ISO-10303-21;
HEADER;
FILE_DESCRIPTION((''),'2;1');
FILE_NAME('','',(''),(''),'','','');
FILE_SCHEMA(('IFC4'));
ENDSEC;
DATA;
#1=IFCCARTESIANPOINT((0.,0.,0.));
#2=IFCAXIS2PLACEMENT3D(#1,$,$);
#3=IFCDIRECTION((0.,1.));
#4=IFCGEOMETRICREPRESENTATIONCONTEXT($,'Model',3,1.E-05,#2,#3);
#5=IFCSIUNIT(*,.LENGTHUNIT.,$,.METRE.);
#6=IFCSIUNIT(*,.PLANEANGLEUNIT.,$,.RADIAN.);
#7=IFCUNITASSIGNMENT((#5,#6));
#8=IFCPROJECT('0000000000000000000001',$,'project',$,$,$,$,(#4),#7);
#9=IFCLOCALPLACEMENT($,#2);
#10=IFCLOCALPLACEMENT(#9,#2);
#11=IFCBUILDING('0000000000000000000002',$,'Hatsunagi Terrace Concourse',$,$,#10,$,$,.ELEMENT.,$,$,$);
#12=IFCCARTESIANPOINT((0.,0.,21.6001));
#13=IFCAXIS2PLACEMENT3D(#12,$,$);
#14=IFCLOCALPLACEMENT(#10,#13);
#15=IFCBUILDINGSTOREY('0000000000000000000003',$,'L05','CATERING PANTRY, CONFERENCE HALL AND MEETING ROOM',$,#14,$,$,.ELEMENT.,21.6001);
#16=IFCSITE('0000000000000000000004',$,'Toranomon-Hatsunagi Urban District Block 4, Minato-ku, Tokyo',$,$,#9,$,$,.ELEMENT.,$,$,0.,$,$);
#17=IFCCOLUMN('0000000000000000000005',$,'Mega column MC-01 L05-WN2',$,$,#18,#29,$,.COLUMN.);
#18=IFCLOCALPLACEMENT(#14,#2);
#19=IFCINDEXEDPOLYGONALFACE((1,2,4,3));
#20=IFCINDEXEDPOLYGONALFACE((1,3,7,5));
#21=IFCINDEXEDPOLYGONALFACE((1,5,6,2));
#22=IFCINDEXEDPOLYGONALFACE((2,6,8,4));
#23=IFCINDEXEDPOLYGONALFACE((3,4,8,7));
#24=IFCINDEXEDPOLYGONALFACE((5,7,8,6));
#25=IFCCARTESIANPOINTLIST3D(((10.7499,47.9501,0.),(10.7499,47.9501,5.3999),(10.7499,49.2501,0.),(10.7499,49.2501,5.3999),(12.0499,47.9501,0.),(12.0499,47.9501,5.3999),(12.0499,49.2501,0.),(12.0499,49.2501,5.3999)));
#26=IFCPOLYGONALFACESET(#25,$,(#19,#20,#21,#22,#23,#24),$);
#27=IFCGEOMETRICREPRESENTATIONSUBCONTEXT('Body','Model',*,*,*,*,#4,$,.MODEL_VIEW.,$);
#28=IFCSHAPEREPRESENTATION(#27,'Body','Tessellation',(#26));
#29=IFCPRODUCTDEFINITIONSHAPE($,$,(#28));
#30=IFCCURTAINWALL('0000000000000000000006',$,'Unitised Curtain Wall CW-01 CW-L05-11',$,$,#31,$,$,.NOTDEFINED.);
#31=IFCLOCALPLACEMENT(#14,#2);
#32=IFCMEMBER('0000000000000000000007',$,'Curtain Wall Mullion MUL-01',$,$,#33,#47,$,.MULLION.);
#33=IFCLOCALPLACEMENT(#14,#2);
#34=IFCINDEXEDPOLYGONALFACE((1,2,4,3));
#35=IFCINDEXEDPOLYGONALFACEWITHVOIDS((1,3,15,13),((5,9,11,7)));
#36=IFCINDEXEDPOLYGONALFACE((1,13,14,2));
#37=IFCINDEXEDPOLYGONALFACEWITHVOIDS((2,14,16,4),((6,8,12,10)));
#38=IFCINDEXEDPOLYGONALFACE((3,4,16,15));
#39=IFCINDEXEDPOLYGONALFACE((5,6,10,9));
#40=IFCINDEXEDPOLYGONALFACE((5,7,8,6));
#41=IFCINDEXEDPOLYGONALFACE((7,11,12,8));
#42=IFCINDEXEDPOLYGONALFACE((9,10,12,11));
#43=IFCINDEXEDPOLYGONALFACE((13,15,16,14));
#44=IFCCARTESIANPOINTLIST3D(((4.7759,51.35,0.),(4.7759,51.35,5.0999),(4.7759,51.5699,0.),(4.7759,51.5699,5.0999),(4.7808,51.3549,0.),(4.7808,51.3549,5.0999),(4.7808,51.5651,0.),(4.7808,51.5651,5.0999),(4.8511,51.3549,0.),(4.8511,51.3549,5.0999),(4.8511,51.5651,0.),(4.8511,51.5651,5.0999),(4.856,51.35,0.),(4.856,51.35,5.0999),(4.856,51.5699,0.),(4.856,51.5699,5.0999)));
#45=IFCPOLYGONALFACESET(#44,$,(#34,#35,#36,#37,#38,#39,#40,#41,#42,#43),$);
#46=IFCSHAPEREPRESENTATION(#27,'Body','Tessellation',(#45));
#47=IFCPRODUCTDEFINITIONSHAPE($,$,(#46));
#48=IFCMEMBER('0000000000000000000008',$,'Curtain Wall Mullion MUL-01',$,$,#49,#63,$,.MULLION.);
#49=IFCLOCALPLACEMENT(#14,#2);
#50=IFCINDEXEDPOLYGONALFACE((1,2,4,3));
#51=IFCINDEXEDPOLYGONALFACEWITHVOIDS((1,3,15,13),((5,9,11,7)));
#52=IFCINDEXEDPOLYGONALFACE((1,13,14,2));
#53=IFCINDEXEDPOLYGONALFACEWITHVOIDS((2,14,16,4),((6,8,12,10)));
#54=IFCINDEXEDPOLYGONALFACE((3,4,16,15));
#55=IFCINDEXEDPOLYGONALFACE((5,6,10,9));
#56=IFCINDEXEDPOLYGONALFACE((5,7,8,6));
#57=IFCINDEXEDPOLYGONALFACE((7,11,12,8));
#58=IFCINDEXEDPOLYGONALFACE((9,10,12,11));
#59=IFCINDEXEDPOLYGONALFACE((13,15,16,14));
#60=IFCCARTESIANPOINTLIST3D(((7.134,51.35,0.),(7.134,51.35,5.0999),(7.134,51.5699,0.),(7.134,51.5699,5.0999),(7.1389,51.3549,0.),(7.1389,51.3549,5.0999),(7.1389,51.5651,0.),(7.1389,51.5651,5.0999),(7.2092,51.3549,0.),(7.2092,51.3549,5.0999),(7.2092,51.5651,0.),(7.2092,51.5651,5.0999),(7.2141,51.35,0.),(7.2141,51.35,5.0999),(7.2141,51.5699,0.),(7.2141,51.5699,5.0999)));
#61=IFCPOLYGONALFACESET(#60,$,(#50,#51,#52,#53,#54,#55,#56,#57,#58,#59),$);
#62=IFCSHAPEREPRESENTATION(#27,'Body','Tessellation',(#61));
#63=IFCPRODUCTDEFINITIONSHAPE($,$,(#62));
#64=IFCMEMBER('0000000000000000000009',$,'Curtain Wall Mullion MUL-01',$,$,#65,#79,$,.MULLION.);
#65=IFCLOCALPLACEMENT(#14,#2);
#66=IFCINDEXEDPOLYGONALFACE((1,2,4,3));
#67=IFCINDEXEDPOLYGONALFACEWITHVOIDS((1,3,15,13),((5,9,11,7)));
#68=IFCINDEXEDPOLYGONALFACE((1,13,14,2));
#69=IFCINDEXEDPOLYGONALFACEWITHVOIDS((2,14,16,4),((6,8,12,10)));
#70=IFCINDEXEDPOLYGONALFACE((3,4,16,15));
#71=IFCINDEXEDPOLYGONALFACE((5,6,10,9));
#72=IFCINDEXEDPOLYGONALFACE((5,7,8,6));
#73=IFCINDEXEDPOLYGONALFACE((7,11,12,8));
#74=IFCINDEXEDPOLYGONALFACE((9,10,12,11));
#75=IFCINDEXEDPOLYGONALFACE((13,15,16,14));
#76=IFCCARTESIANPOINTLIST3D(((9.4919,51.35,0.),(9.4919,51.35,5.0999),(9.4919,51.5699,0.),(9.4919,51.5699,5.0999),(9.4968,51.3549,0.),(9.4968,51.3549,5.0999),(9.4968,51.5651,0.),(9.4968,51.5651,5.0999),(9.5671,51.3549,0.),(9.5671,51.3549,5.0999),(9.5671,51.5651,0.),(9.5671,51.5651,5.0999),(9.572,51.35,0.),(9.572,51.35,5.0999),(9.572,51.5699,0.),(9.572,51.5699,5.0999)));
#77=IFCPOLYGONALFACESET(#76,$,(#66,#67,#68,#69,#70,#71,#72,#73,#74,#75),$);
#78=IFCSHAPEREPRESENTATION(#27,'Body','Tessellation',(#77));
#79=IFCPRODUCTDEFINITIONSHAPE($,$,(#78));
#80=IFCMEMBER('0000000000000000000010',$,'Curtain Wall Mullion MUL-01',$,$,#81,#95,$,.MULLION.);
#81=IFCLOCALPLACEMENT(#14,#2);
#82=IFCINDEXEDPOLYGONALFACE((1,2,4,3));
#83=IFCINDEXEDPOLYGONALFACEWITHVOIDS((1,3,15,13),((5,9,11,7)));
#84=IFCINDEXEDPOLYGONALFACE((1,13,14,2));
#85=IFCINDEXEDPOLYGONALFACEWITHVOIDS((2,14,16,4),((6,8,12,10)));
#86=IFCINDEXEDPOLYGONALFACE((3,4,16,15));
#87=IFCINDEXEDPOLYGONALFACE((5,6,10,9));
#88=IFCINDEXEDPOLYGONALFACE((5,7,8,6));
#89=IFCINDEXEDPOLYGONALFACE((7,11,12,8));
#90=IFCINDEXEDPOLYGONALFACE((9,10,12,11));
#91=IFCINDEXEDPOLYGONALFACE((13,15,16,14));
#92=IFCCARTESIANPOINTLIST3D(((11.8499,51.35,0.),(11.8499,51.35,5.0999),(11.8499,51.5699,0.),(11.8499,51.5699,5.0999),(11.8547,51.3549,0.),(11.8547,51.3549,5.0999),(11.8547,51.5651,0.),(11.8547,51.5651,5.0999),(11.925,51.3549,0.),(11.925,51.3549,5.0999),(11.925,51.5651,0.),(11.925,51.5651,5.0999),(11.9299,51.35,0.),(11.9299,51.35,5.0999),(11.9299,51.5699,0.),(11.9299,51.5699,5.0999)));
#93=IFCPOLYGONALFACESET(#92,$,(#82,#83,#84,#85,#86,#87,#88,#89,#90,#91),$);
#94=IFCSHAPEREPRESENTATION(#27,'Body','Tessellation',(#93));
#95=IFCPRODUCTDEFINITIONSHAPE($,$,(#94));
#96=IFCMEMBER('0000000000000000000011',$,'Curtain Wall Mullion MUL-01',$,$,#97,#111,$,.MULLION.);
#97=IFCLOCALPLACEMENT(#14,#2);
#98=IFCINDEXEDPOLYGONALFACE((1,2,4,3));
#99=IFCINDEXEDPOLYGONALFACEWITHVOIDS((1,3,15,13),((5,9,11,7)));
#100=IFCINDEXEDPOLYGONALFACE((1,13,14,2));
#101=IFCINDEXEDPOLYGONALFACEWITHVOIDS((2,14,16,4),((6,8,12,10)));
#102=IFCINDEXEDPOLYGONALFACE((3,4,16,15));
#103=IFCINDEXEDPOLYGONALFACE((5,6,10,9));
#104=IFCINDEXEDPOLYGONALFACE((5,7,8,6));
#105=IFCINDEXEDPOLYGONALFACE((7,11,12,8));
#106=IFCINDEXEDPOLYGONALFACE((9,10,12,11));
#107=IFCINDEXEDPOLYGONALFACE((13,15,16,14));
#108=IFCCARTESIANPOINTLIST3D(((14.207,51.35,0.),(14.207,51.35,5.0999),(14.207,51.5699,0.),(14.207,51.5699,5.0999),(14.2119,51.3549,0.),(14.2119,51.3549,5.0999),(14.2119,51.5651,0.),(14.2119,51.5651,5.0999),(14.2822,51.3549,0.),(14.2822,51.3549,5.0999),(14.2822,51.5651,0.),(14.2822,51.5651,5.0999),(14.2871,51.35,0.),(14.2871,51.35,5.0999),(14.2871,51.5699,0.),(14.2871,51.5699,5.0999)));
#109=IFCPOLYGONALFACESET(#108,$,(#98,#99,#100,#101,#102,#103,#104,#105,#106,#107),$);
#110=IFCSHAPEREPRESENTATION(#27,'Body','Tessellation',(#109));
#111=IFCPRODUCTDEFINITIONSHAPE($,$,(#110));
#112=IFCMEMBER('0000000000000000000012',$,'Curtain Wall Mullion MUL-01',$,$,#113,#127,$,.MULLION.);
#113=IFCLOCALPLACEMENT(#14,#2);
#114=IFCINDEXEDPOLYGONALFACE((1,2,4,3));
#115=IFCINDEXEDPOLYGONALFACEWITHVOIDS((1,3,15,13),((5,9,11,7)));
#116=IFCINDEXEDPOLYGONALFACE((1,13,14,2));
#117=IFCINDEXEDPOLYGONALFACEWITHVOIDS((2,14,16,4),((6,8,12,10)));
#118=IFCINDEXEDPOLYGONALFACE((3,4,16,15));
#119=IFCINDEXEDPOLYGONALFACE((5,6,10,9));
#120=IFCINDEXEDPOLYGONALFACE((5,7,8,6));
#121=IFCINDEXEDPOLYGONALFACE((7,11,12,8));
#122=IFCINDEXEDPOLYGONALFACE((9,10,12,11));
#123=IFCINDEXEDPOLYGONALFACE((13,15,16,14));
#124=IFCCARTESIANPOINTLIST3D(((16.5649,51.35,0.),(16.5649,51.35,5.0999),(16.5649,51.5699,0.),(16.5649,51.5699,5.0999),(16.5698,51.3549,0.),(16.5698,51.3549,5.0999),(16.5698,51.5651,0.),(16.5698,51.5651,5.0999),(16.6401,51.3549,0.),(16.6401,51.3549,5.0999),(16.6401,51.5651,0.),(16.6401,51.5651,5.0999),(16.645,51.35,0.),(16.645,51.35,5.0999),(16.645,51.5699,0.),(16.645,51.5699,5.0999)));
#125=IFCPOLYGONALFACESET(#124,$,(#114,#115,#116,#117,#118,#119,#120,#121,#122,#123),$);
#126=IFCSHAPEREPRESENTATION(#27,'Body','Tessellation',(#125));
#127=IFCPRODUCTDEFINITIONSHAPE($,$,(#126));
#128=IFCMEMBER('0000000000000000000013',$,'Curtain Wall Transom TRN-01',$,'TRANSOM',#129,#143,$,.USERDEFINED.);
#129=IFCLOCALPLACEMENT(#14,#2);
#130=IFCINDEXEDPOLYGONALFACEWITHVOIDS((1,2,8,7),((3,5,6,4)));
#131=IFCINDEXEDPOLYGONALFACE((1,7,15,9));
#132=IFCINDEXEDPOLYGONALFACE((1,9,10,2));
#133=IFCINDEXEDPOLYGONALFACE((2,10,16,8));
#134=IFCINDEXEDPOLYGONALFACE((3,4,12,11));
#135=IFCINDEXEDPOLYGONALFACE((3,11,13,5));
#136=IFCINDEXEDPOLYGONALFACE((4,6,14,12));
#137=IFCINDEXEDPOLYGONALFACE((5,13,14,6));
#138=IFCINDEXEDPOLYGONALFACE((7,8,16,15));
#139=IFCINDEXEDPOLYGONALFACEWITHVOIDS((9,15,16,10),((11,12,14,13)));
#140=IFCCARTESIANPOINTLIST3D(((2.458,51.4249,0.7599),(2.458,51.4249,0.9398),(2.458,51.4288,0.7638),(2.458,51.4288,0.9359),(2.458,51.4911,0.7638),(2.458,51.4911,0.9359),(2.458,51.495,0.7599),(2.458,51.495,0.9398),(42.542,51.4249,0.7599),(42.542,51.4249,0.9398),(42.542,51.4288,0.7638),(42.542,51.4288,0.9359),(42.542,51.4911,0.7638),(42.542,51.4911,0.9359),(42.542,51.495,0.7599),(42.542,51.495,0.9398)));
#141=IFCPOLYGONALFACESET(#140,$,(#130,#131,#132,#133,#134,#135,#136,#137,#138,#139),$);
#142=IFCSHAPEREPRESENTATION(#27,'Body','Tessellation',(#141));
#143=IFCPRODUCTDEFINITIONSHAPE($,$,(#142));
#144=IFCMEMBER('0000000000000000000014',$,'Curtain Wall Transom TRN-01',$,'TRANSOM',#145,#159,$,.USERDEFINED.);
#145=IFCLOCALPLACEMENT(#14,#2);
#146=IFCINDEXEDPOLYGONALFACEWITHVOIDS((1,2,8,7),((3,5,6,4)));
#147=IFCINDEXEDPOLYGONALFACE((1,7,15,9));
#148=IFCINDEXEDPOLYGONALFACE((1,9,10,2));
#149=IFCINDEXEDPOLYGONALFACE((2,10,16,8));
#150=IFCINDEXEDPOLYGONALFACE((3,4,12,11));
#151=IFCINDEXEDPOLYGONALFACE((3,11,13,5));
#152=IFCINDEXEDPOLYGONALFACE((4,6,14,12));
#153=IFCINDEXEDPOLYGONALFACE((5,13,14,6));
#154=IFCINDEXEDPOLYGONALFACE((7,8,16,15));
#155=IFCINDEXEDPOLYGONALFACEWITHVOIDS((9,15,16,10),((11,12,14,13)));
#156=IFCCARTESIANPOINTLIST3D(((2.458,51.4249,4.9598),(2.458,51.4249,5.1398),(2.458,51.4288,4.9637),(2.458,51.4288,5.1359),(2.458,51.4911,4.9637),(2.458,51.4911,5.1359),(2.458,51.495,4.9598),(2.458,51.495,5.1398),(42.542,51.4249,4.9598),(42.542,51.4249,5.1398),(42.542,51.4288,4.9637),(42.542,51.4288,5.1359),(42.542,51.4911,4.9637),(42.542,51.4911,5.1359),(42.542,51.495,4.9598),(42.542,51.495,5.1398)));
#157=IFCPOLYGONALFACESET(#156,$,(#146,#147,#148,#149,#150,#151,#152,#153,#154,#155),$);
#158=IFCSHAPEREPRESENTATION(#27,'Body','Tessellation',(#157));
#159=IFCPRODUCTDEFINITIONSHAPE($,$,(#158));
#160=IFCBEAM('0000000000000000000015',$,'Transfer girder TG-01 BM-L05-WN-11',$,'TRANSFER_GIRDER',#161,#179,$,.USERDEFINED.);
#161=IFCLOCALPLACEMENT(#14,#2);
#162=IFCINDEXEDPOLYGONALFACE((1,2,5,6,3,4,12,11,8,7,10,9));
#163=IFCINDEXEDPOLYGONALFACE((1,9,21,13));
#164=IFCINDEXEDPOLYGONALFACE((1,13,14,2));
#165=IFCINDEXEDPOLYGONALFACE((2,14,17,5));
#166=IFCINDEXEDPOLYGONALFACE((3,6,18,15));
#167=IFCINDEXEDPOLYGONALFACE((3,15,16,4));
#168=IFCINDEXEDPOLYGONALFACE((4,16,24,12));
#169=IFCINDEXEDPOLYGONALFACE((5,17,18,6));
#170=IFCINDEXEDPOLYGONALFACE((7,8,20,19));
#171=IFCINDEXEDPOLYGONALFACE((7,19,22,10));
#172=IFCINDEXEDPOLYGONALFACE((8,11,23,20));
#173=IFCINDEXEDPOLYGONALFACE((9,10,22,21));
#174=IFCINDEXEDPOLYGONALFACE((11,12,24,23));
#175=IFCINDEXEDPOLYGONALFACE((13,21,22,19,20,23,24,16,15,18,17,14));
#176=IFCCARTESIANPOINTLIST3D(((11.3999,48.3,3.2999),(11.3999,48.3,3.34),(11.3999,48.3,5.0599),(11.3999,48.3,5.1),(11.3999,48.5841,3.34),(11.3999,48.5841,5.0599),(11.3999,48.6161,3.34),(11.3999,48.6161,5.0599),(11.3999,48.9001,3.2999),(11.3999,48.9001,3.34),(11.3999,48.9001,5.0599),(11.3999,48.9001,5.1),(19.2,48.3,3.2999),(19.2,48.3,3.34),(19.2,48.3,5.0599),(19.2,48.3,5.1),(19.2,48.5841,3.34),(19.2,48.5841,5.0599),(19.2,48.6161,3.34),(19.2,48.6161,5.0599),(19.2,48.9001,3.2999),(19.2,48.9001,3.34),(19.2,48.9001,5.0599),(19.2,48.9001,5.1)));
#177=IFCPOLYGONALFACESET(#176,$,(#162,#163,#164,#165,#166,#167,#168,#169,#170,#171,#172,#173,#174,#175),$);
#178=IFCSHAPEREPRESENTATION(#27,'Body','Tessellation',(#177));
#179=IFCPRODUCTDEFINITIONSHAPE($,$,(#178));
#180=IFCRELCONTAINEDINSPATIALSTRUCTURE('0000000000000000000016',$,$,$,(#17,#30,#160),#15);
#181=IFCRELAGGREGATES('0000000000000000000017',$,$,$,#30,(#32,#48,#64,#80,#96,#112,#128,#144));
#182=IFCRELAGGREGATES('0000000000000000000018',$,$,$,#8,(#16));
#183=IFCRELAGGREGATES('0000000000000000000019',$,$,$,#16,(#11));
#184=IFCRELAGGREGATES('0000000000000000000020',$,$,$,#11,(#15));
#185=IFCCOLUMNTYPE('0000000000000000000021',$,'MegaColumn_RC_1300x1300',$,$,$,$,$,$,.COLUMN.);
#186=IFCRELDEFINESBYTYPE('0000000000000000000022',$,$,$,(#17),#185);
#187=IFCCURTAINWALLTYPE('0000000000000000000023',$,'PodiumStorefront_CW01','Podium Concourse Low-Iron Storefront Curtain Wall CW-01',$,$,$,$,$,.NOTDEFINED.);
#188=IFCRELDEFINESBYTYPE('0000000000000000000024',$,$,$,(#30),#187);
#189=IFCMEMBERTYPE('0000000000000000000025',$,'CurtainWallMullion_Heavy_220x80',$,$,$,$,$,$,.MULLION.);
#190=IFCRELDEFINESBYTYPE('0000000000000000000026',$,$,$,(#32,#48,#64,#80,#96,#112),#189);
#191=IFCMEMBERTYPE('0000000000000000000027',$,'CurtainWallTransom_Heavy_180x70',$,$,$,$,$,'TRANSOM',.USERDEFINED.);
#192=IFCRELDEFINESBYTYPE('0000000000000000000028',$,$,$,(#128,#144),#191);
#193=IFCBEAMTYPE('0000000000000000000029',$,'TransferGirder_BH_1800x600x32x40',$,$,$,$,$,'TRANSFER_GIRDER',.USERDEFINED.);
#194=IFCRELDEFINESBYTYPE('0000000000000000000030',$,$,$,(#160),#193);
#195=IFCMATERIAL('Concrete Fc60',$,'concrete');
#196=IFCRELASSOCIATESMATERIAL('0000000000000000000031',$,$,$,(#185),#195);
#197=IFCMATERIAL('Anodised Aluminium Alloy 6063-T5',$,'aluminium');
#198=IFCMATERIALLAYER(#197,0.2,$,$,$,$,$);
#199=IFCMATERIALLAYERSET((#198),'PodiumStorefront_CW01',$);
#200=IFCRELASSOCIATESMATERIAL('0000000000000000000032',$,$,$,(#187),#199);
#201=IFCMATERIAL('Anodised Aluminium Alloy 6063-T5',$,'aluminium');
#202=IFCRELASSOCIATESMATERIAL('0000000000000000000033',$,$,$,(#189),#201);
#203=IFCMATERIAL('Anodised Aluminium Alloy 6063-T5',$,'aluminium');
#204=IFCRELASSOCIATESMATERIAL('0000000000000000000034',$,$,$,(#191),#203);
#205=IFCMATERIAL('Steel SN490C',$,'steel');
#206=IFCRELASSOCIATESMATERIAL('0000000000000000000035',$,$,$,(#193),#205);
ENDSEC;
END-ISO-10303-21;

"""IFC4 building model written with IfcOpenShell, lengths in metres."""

from ifc_helpers import new_model, si_unit, direction, frame, origin, origin_2d, place, context, subcontext, project, spatial, rectangle, hollow_rectangle, i_section, extrude, material, layer, layer_set, material_profile, profile_set, type_object, element, aggregate, save


model = new_model("IFC4")

# Units and contexts
model_context = context("Model", 3, precision=1e-05, world=origin(), true_north=direction((0.0, 1.0)))
body_context = subcontext(model_context, "Body", "Model", "MODEL_VIEW")
ifc_project = project(units=[si_unit("LENGTHUNIT", "METRE"), si_unit("PLANEANGLEUNIT", "RADIAN")], contexts=[model_context])

# Site, building, storey
site_placement = place(None, origin())
site = spatial("IfcSite", under=ifc_project, at=site_placement, Name="Toranomon-Hatsunagi Urban District Block 4, Minato-ku, Tokyo", CompositionType="ELEMENT", RefElevation=0.0)
building_placement = place(site_placement, origin())
building = spatial("IfcBuilding", under=site, at=building_placement, Name="Hatsunagi Terrace Concourse", CompositionType="ELEMENT")
storey_placement = place(building_placement, frame((0.0, 0.0, 21.6001)))
storey = spatial("IfcBuildingStorey", under=building, at=storey_placement, Name="L05", Description="CATERING PANTRY, CONFERENCE HALL AND MEETING ROOM", CompositionType="ELEMENT", Elevation=21.6001)

# Column
ifc_material_1 = material(Name="Concrete Fc60", Category="concrete")
ifc_material_profile_1 = material_profile(ifc_material_1, rectangle(XDim=1.3, YDim=1.3, at=origin_2d()), Name="RC-1300x1300")
ifc_profile_set_1 = profile_set([ifc_material_profile_1], Name="Concrete Fc60")
column_type = type_object("IfcColumnType", Name="MegaColumn_RC_1300x1300", PredefinedType="COLUMN", material=ifc_profile_set_1)
column_placement = place(storey_placement, frame((11.3999, 48.6001, 0.0), z_axis=(0.0, 0.0, 1.0), x_axis=(1.0, 0.0, 0.0)))
element("IfcColumn", 1, at=column_placement, inside=storey, type_object=column_type, Name="Mega column MC-01 L05-WN2", PredefinedType="COLUMN", context=body_context, shape_type="SweptSolid", body=[
    extrude(rectangle(XDim=1.3, YDim=1.3, at=origin_2d()), origin(), (0.0, 0.0, 1.0), 5.3999),
])

# Curtain wall, members
ifc_material_2 = material(Name="Anodised Aluminium Alloy 6063-T5", Category="aluminium")
ifc_layer_1 = layer(ifc_material_2, 0.2)
ifc_layer_set_1 = layer_set([ifc_layer_1], Name="PodiumStorefront_CW01")
curtain_wall_type = type_object("IfcCurtainWallType", Name="PodiumStorefront_CW01", Description="Podium Concourse Low-Iron Storefront Curtain Wall CW-01", PredefinedType="NOTDEFINED", material=ifc_layer_set_1)
curtain_wall_placement = place(storey_placement, origin())
curtain_wall = element("IfcCurtainWall", 2, at=curtain_wall_placement, inside=storey, type_object=curtain_wall_type, Name="Unitised Curtain Wall CW-01 CW-L05-11", PredefinedType="NOTDEFINED")
ifc_material_3 = material(Name="Anodised Aluminium Alloy 6063-T5", Category="aluminium")
ifc_material_profile_2 = material_profile(ifc_material_3, hollow_rectangle(XDim=0.0801, YDim=0.22, WallThickness=0.0049, at=origin_2d()), Name="ALU-MUL-220x80x5")
ifc_profile_set_2 = profile_set([ifc_material_profile_2], Name="Anodised Aluminium Alloy 6063-T5")
member_type_1 = type_object("IfcMemberType", Name="CurtainWallMullion_Heavy_220x80", PredefinedType="MULLION", material=ifc_profile_set_2)
member_1_placement = place(storey_placement, frame((4.8159, 51.46, 0.0), z_axis=(0.0, 0.0, 1.0), x_axis=(1.0, 0.0, 0.0)))
member_1 = element("IfcMember", 3, at=member_1_placement, type_object=member_type_1, Name="Curtain Wall Mullion MUL-01", PredefinedType="MULLION", context=body_context, shape_type="SweptSolid", body=[
    extrude(hollow_rectangle(XDim=0.0801, YDim=0.22, WallThickness=0.0049, at=origin_2d()), origin(), (0.0, 0.0, 1.0), 5.0999),
])
member_2_placement = place(storey_placement, frame((7.1741, 51.46, 0.0), z_axis=(0.0, 0.0, 1.0), x_axis=(1.0, 0.0, 0.0)))
member_2 = element("IfcMember", 4, at=member_2_placement, type_object=member_type_1, Name="Curtain Wall Mullion MUL-01", PredefinedType="MULLION", context=body_context, shape_type="SweptSolid", body=[
    extrude(hollow_rectangle(XDim=0.0801, YDim=0.22, WallThickness=0.0049, at=origin_2d()), origin(), (0.0, 0.0, 1.0), 5.0999),
])
member_3_placement = place(storey_placement, frame((9.532, 51.46, 0.0), z_axis=(0.0, 0.0, 1.0), x_axis=(1.0, 0.0, 0.0)))
member_3 = element("IfcMember", 5, at=member_3_placement, type_object=member_type_1, Name="Curtain Wall Mullion MUL-01", PredefinedType="MULLION", context=body_context, shape_type="SweptSolid", body=[
    extrude(hollow_rectangle(XDim=0.0801, YDim=0.22, WallThickness=0.0049, at=origin_2d()), origin(), (0.0, 0.0, 1.0), 5.0999),
])
member_4_placement = place(storey_placement, frame((11.8899, 51.46, 0.0), z_axis=(0.0, 0.0, 1.0), x_axis=(1.0, 0.0, 0.0)))
member_4 = element("IfcMember", 6, at=member_4_placement, type_object=member_type_1, Name="Curtain Wall Mullion MUL-01", PredefinedType="MULLION", context=body_context, shape_type="SweptSolid", body=[
    extrude(hollow_rectangle(XDim=0.0801, YDim=0.22, WallThickness=0.0049, at=origin_2d()), origin(), (0.0, 0.0, 1.0), 5.0999),
])
member_5_placement = place(storey_placement, frame((14.2471, 51.46, 0.0), z_axis=(0.0, 0.0, 1.0), x_axis=(1.0, 0.0, 0.0)))
member_5 = element("IfcMember", 7, at=member_5_placement, type_object=member_type_1, Name="Curtain Wall Mullion MUL-01", PredefinedType="MULLION", context=body_context, shape_type="SweptSolid", body=[
    extrude(hollow_rectangle(XDim=0.0801, YDim=0.22, WallThickness=0.0049, at=origin_2d()), origin(), (0.0, 0.0, 1.0), 5.0999),
])
member_6_placement = place(storey_placement, frame((16.605, 51.46, 0.0), z_axis=(0.0, 0.0, 1.0), x_axis=(1.0, 0.0, 0.0)))
member_6 = element("IfcMember", 8, at=member_6_placement, type_object=member_type_1, Name="Curtain Wall Mullion MUL-01", PredefinedType="MULLION", context=body_context, shape_type="SweptSolid", body=[
    extrude(hollow_rectangle(XDim=0.0801, YDim=0.22, WallThickness=0.0049, at=origin_2d()), origin(), (0.0, 0.0, 1.0), 5.0999),
])
ifc_material_4 = material(Name="Anodised Aluminium Alloy 6063-T5", Category="aluminium")
ifc_material_profile_3 = material_profile(ifc_material_4, hollow_rectangle(XDim=0.0701, YDim=0.1799, WallThickness=0.0039, at=origin_2d()), Name="ALU-TRN-180x70x4")
ifc_profile_set_3 = profile_set([ifc_material_profile_3], Name="Anodised Aluminium Alloy 6063-T5")
member_type_2 = type_object("IfcMemberType", Name="CurtainWallTransom_Heavy_180x70", ElementType="TRANSOM", PredefinedType="USERDEFINED", material=ifc_profile_set_3)
member_7_placement = place(storey_placement, frame((2.458, 51.46, 0.8499), z_axis=(1.0, 0.0, 0.0), x_axis=(0.0, 1.0, 0.0)))
member_7 = element("IfcMember", 9, at=member_7_placement, type_object=member_type_2, Name="Curtain Wall Transom TRN-01", ObjectType="TRANSOM", PredefinedType="USERDEFINED", context=body_context, shape_type="SweptSolid", body=[
    extrude(hollow_rectangle(XDim=0.0701, YDim=0.1799, WallThickness=0.0039, at=origin_2d()), origin(), (0.0, 0.0, 1.0), 40.084),
])
member_8_placement = place(storey_placement, frame((2.458, 51.46, 5.0498), z_axis=(1.0, 0.0, 0.0), x_axis=(0.0, 1.0, 0.0)))
member_8 = element("IfcMember", 10, at=member_8_placement, type_object=member_type_2, Name="Curtain Wall Transom TRN-01", ObjectType="TRANSOM", PredefinedType="USERDEFINED", context=body_context, shape_type="SweptSolid", body=[
    extrude(hollow_rectangle(XDim=0.0701, YDim=0.1799, WallThickness=0.0039, at=origin_2d()), origin(), (0.0, 0.0, 1.0), 40.084),
])

# Beam
ifc_material_5 = material(Name="Steel SN490C", Category="steel")
ifc_material_profile_4 = material_profile(ifc_material_5, i_section(OverallWidth=0.6001, OverallDepth=1.8, WebThickness=0.032, FlangeThickness=0.04, at=origin_2d()), Name="BH-1800x600x32x40")
ifc_profile_set_4 = profile_set([ifc_material_profile_4], Name="Steel SN490C")
beam_type = type_object("IfcBeamType", Name="TransferGirder_BH_1800x600x32x40", ElementType="TRANSFER_GIRDER", PredefinedType="USERDEFINED", material=ifc_profile_set_4)
beam_placement = place(storey_placement, frame((11.3999, 48.6001, 4.2), z_axis=(1.0, 0.0, 0.0), x_axis=(0.0, 1.0, 0.0)))
element("IfcBeam", 11, at=beam_placement, inside=storey, type_object=beam_type, Name="Transfer girder TG-01 BM-L05-WN-11", ObjectType="TRANSFER_GIRDER", PredefinedType="USERDEFINED", context=body_context, shape_type="SweptSolid", body=[
    extrude(i_section(OverallWidth=0.6001, OverallDepth=1.8, WebThickness=0.032, FlangeThickness=0.04, at=origin_2d()), origin(), (0.0, 0.0, 1.0), 7.8),
])

aggregate(curtain_wall, [member_1, member_2, member_3, member_4, member_5, member_6, member_7, member_8])

save(model, "model.ifc")
